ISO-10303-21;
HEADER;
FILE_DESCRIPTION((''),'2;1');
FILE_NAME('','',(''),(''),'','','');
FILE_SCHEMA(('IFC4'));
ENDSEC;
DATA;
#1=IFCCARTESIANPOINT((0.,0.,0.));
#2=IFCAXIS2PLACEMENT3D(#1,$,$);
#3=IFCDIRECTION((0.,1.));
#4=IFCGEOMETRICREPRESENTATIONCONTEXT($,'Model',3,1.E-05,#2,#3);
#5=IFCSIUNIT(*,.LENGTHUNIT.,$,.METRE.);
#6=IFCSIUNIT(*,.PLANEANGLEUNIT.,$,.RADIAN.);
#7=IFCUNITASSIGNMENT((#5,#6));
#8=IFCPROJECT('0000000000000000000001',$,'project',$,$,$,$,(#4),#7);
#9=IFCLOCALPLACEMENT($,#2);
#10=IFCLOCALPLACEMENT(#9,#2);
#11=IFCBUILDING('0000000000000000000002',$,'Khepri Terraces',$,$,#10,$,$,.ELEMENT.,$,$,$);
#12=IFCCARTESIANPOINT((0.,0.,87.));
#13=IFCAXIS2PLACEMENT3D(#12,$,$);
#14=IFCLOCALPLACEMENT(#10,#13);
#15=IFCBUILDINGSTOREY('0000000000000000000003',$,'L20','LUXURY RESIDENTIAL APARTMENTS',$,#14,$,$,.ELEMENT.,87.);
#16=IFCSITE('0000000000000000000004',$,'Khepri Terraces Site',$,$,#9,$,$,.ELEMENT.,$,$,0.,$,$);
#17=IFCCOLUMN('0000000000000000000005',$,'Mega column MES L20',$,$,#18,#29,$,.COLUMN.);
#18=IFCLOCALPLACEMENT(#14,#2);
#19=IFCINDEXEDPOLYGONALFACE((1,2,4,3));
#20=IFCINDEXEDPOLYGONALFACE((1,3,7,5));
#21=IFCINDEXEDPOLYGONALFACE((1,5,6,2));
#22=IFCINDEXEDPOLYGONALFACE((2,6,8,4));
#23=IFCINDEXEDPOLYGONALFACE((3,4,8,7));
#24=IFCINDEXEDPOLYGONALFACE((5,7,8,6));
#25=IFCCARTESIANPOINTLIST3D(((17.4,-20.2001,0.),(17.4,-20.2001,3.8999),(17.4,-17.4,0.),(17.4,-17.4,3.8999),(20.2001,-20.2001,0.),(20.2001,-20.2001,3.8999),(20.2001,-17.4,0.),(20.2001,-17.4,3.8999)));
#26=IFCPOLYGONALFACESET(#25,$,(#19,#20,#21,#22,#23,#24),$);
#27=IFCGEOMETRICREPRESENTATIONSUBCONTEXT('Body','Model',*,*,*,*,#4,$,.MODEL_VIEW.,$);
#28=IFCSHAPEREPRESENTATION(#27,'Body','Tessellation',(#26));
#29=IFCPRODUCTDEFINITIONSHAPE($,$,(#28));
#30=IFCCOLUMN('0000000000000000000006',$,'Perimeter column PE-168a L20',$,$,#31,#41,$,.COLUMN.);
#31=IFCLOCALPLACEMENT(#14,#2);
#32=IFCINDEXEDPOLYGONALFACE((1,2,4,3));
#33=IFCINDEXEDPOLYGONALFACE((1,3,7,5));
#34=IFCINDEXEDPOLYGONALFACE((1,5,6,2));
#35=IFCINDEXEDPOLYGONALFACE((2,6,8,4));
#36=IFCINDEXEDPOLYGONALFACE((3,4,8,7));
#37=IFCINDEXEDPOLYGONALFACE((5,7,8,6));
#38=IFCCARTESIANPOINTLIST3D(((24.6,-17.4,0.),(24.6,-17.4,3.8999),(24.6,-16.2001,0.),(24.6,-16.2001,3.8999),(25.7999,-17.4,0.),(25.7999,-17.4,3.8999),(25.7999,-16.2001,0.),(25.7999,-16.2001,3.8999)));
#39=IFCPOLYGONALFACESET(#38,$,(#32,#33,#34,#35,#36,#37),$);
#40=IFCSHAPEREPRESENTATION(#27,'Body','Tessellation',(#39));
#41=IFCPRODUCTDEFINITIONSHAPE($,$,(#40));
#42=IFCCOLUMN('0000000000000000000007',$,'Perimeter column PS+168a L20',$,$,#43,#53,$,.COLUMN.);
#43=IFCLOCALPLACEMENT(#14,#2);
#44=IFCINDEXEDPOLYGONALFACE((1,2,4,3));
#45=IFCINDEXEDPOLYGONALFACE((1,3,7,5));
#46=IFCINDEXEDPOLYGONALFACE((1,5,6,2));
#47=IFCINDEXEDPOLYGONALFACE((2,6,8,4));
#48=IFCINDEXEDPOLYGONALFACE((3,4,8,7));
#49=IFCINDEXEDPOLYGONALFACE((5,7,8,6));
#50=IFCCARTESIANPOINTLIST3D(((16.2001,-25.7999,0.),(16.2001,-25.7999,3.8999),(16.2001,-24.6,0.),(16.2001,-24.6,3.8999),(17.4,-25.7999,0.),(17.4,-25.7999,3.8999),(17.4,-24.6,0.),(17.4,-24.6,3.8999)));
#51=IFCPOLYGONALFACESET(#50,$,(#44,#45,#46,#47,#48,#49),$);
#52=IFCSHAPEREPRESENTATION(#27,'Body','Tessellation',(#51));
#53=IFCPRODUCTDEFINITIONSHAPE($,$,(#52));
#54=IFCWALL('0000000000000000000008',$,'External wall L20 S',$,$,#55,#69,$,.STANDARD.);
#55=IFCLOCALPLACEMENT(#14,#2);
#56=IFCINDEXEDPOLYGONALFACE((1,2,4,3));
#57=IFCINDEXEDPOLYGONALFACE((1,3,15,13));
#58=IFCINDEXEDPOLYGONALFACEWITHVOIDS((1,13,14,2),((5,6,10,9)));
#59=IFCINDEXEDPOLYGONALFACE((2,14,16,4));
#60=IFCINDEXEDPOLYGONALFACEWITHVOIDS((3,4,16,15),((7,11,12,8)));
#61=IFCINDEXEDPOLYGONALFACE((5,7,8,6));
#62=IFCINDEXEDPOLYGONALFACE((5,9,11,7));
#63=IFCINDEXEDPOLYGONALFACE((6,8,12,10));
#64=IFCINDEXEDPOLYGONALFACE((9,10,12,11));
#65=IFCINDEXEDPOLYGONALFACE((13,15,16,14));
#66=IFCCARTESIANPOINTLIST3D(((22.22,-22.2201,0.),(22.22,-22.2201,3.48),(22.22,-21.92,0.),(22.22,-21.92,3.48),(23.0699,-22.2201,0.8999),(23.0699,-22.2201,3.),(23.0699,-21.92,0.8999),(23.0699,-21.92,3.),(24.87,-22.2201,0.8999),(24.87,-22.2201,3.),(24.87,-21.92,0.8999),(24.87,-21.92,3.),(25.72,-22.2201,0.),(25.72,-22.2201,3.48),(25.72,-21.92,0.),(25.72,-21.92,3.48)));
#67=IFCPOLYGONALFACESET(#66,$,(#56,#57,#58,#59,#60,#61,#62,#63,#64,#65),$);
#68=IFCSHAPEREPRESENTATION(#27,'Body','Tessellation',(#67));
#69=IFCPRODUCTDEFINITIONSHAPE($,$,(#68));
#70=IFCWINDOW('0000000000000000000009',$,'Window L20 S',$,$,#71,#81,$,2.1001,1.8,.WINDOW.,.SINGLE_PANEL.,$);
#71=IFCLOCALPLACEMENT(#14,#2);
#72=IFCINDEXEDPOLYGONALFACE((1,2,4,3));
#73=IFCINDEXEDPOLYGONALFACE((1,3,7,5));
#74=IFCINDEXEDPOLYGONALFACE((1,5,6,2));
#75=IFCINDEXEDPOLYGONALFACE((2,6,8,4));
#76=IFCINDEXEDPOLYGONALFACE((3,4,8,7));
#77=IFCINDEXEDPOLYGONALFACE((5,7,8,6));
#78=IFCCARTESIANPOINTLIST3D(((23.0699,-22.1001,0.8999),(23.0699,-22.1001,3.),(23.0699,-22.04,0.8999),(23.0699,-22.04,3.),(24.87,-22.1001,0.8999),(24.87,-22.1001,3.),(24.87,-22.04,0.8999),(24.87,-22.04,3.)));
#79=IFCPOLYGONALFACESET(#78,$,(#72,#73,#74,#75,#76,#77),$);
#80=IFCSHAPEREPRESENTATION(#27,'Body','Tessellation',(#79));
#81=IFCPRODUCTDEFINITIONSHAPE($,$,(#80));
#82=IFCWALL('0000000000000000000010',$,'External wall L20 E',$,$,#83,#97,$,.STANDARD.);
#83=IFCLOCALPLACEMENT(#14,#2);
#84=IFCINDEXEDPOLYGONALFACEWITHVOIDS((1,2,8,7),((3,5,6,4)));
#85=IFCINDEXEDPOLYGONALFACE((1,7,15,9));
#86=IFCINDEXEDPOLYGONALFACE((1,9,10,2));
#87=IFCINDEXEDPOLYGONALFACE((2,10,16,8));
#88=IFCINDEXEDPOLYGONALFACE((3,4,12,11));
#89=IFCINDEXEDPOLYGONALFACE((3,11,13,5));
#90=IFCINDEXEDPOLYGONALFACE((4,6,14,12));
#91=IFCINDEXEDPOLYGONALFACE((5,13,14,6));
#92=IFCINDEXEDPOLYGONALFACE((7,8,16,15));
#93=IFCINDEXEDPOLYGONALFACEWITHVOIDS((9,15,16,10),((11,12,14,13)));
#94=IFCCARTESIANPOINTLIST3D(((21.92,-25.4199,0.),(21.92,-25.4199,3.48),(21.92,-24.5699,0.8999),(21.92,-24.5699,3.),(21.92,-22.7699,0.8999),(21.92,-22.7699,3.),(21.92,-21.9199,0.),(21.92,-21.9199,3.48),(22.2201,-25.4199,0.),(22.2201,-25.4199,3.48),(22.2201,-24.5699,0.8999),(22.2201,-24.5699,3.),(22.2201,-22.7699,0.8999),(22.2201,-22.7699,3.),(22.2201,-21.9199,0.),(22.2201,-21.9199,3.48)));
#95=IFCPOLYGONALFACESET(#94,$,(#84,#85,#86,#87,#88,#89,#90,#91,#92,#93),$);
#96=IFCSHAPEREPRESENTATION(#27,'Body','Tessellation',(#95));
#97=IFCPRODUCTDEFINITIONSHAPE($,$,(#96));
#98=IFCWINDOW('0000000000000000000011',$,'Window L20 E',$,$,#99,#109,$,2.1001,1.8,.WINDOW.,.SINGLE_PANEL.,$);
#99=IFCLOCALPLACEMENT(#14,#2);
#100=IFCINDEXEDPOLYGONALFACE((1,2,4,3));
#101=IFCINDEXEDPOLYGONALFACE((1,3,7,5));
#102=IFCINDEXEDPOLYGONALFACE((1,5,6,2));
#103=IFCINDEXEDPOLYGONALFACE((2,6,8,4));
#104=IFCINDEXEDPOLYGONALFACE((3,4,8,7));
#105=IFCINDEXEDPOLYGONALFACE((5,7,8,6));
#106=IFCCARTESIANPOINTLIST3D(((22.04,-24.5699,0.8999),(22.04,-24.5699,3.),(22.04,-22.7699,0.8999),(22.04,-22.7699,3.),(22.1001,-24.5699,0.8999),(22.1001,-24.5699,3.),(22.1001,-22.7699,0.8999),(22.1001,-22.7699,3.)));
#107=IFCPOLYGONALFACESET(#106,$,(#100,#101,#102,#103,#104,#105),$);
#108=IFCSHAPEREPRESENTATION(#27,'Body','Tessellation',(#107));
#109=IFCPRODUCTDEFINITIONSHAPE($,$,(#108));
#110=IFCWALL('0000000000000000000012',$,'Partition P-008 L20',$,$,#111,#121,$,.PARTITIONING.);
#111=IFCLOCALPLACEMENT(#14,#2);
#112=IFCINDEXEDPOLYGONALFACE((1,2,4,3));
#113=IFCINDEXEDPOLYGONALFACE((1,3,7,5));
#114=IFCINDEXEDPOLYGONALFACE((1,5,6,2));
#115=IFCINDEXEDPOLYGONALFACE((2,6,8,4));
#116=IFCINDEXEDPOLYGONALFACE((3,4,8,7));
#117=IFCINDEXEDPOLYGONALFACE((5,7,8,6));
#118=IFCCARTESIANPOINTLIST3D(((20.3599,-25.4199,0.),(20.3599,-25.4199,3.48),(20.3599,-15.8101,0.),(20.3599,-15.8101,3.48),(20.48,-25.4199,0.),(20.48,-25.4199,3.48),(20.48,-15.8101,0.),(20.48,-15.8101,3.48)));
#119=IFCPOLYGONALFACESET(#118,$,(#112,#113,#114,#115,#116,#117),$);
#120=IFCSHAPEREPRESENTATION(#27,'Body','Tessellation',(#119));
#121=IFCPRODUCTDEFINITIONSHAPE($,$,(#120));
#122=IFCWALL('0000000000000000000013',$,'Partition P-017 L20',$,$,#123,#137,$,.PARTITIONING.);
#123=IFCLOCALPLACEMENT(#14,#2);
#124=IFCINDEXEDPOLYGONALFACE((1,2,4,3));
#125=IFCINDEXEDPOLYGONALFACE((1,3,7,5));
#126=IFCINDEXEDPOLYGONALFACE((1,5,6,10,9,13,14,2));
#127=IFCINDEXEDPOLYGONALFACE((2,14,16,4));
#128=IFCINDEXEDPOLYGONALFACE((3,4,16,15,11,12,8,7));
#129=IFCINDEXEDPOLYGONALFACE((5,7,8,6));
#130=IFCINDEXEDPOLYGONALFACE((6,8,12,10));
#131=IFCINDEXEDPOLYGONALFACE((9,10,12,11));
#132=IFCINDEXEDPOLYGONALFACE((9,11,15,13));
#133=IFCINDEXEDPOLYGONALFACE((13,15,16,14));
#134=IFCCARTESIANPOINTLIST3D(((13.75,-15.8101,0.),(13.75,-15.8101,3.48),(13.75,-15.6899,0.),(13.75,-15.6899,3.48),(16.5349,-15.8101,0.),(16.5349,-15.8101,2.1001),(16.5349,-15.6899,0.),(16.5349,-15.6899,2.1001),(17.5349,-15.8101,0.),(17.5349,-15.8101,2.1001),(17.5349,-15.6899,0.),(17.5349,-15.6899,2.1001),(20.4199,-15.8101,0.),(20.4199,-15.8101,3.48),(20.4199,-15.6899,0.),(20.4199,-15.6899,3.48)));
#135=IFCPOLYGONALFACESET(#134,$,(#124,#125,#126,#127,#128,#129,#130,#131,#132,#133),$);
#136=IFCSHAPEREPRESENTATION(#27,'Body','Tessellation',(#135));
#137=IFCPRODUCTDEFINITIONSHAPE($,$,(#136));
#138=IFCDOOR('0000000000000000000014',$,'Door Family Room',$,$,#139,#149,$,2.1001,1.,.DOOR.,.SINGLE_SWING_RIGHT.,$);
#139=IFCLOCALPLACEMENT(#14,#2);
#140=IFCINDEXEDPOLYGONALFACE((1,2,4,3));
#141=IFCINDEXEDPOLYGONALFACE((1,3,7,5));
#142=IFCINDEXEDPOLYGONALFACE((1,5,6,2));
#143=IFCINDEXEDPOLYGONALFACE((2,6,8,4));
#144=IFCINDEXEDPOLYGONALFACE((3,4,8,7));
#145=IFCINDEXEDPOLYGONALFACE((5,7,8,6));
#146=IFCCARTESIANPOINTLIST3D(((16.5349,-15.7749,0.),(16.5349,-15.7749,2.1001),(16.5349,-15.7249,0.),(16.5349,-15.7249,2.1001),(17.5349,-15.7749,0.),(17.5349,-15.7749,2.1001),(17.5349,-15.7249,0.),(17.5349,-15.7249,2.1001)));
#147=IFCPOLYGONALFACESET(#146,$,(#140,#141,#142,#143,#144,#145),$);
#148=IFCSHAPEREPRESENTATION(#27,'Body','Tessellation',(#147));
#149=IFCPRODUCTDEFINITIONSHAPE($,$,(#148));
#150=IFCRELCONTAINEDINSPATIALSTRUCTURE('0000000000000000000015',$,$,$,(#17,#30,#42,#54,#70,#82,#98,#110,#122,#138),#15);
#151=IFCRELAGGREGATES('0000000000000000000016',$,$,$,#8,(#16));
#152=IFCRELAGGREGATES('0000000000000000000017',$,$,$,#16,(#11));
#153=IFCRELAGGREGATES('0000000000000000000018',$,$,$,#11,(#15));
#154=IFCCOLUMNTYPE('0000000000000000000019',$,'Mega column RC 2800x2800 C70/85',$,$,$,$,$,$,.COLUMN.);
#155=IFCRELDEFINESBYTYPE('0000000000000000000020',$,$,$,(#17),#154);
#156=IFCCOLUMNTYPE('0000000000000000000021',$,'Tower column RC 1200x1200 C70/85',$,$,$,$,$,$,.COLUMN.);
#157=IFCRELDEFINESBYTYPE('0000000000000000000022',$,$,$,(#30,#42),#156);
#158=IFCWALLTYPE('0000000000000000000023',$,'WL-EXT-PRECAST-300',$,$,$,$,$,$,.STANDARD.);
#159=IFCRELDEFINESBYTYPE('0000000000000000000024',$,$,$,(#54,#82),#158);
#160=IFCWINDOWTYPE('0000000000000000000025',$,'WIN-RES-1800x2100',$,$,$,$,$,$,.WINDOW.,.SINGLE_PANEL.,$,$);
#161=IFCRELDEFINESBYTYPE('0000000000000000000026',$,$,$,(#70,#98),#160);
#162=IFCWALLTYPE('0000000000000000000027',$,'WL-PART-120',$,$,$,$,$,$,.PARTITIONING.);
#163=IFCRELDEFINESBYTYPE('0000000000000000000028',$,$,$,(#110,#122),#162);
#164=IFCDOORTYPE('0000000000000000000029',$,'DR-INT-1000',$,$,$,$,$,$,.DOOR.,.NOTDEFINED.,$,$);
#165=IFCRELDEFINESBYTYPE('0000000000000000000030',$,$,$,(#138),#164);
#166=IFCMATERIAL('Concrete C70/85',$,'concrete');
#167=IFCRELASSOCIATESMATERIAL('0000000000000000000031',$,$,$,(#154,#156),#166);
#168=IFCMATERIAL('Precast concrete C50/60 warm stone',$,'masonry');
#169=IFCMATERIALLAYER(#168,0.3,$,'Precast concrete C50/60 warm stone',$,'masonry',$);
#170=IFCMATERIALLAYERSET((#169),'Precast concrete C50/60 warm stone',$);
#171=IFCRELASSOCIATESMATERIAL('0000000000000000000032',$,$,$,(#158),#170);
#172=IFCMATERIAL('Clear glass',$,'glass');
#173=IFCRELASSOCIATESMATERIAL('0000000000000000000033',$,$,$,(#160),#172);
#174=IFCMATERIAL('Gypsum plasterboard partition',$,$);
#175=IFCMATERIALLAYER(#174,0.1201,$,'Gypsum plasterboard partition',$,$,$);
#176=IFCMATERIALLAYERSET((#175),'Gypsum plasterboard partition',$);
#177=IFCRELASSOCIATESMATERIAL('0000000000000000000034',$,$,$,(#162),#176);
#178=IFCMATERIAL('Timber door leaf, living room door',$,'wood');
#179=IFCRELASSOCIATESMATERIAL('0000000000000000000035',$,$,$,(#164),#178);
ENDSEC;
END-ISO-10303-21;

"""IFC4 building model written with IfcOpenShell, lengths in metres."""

from ifc_helpers import new_model, si_unit, direction, frame, frame_2d, origin, origin_2d, place, context, subcontext, project, spatial, rectangle, extrude, material, layer, layer_set, material_profile, profile_set, type_object, element, fill, save


model = new_model("IFC4")

# Units and contexts
model_context = context("Model", 3, precision=1e-05, world=origin(), true_north=direction((0.0, 1.0)))
body_context = subcontext(model_context, "Body", "Model", "MODEL_VIEW")
ifc_project = project(units=[si_unit("LENGTHUNIT", "METRE"), si_unit("PLANEANGLEUNIT", "RADIAN")], contexts=[model_context])

# Site, building, storey
site_placement = place(None, origin())
site = spatial("IfcSite", under=ifc_project, at=site_placement, Name="Khepri Terraces Site", CompositionType="ELEMENT", RefElevation=0.0)
building_placement = place(site_placement, origin())
building = spatial("IfcBuilding", under=site, at=building_placement, Name="Khepri Terraces", CompositionType="ELEMENT")
storey_placement = place(building_placement, frame((0.0, 0.0, 87.0)))
storey = spatial("IfcBuildingStorey", under=building, at=storey_placement, Name="L20", Description="LUXURY RESIDENTIAL APARTMENTS", CompositionType="ELEMENT", Elevation=87.0)

# Columns
ifc_material_1 = material(Name="Concrete C70/85", Category="concrete")
ifc_material_profile_1 = material_profile(ifc_material_1, rectangle(XDim=2.8, YDim=2.8, at=origin_2d()), Name="Concrete C70/85", Category="concrete")
ifc_profile_set_1 = profile_set([ifc_material_profile_1], Name="Concrete C70/85")
column_type_1 = type_object("IfcColumnType", Name="Mega column RC 2800x2800 C70/85", PredefinedType="COLUMN", material=ifc_profile_set_1)
column_placement = place(storey_placement, frame((18.8, -18.8, 0.0), z_axis=(0.0, 0.0, 1.0), x_axis=(1.0, 0.0, 0.0)))
element("IfcColumn", 1, at=column_placement, inside=storey, type_object=column_type_1, Name="Mega column MES L20", PredefinedType="COLUMN", context=body_context, shape_type="SweptSolid", body=[
    extrude(rectangle(XDim=2.8, YDim=2.8, at=origin_2d()), origin(), (0.0, 0.0, 1.0), 3.8999),
])
ifc_material_profile_2 = material_profile(ifc_material_1, rectangle(XDim=1.2, YDim=1.2, at=origin_2d()), Name="Concrete C70/85", Category="concrete")
ifc_profile_set_2 = profile_set([ifc_material_profile_2], Name="Concrete C70/85")
column_type_2 = type_object("IfcColumnType", Name="Tower column RC 1200x1200 C70/85", PredefinedType="COLUMN", material=ifc_profile_set_2)
for number, where, z_axis, x_axis, name in (
    (2, (25.2, -16.8, 0.0), (0.0, 0.0, 1.0), (1.0, 0.0, 0.0), "Perimeter column PE-168a L20"),
    (3, (16.8, -25.2, 0.0), (0.0, 0.0, 1.0), (1.0, 0.0, 0.0), "Perimeter column PS+168a L20"),
):
    element("IfcColumn", number, at=place(storey_placement, frame(where, z_axis=z_axis, x_axis=x_axis)), inside=storey, type_object=column_type_2, Name=name, PredefinedType="COLUMN", context=body_context, shape_type="SweptSolid", body=[
        extrude(rectangle(XDim=1.2, YDim=1.2, at=origin_2d()), origin(), (0.0, 0.0, 1.0), 3.8999),
    ])

# Wall, opening, window
ifc_material_2 = material(Name="Precast concrete C50/60 warm stone", Category="masonry")
ifc_layer_1 = layer(ifc_material_2, 0.3, Name="Precast concrete C50/60 warm stone", Category="masonry")
ifc_layer_set_1 = layer_set([ifc_layer_1], Name="Precast concrete C50/60 warm stone")
wall_type_1 = type_object("IfcWallType", Name="WL-EXT-PRECAST-300", PredefinedType="STANDARD", material=ifc_layer_set_1)
wall_1_placement = place(storey_placement, frame((22.22, -22.0701, 0.0), z_axis=(0.0, 0.0, 1.0), x_axis=(1.0, 0.0, 0.0)))
wall_1 = element("IfcWall", 4, at=wall_1_placement, inside=storey, type_object=wall_type_1, Name="External wall L20 S", PredefinedType="STANDARD", context=body_context, shape_type="SweptSolid", body=[
    extrude(rectangle(XDim=3.5, YDim=0.3, at=frame_2d((1.75, 0.0))), origin(), (0.0, 0.0, 1.0), 3.48),
])
opening_1_placement = place(wall_1_placement, frame((0.8501, 0.0, 0.8999)))
opening_1 = element("IfcOpeningElement", 5, at=opening_1_placement, cuts=wall_1, PredefinedType="OPENING", context=body_context, shape_type="SweptSolid", body=[
    extrude(rectangle(XDim=1.8, YDim=2.1001, at=frame_2d((0.8999, 1.05))), frame((0.0, 0.1602, 0.0), z_axis=(0.0, -1.0, 0.0), x_axis=(1.0, 0.0, 0.0)), (0.0, 0.0, 1.0), 0.3201),
])
ifc_material_3 = material(Name="Clear glass", Category="glass")
window_type = type_object("IfcWindowType", Name="WIN-RES-1800x2100", PartitioningType="SINGLE_PANEL", PredefinedType="WINDOW", material=ifc_material_3)
window_1_placement = place(opening_1_placement, origin())
window_1 = element("IfcWindow", 6, at=window_1_placement, inside=storey, type_object=window_type, Name="Window L20 S", OverallHeight=2.1001, OverallWidth=1.8, PartitioningType="SINGLE_PANEL", PredefinedType="WINDOW", context=body_context, shape_type="SweptSolid", body=[
    extrude(rectangle(XDim=1.8, YDim=2.1001, at=frame_2d((0.8999, 1.05))), frame((0.0, 0.03, 0.0), z_axis=(0.0, -1.0, 0.0), x_axis=(1.0, 0.0, 0.0)), (0.0, 0.0, 1.0), 0.0601),
])
fill(opening_1, window_1)

# Wall, opening, window
wall_2_placement = place(storey_placement, frame((22.0701, -25.4199, 0.0), z_axis=(0.0, 0.0, 1.0), x_axis=(0.0, 1.0, 0.0)))
wall_2 = element("IfcWall", 7, at=wall_2_placement, inside=storey, type_object=wall_type_1, Name="External wall L20 E", PredefinedType="STANDARD", context=body_context, shape_type="SweptSolid", body=[
    extrude(rectangle(XDim=3.5, YDim=0.3, at=frame_2d((1.75, 0.0))), origin(), (0.0, 0.0, 1.0), 3.48),
])
opening_2_placement = place(wall_2_placement, frame((0.8501, 0.0, 0.8999)))
opening_2 = element("IfcOpeningElement", 8, at=opening_2_placement, cuts=wall_2, PredefinedType="OPENING", context=body_context, shape_type="SweptSolid", body=[
    extrude(rectangle(XDim=1.8, YDim=2.1001, at=frame_2d((0.8999, 1.05))), frame((0.0, 0.1602, 0.0), z_axis=(0.0, -1.0, 0.0), x_axis=(1.0, 0.0, 0.0)), (0.0, 0.0, 1.0), 0.3201),
])
window_2_placement = place(opening_2_placement, origin())
window_2 = element("IfcWindow", 9, at=window_2_placement, inside=storey, type_object=window_type, Name="Window L20 E", OverallHeight=2.1001, OverallWidth=1.8, PartitioningType="SINGLE_PANEL", PredefinedType="WINDOW", context=body_context, shape_type="SweptSolid", body=[
    extrude(rectangle(XDim=1.8, YDim=2.1001, at=frame_2d((0.8999, 1.05))), frame((0.0, 0.03, 0.0), z_axis=(0.0, -1.0, 0.0), x_axis=(1.0, 0.0, 0.0)), (0.0, 0.0, 1.0), 0.0601),
])
fill(opening_2, window_2)

# Wall
ifc_material_4 = material(Name="Gypsum plasterboard partition")
ifc_layer_2 = layer(ifc_material_4, 0.1201, Name="Gypsum plasterboard partition")
ifc_layer_set_2 = layer_set([ifc_layer_2], Name="Gypsum plasterboard partition")
wall_type_2 = type_object("IfcWallType", Name="WL-PART-120", PredefinedType="PARTITIONING", material=ifc_layer_set_2)
wall_3_placement = place(storey_placement, frame((20.4199, -25.4199, 0.0), z_axis=(0.0, 0.0, 1.0), x_axis=(0.0, 1.0, 0.0)))
element("IfcWall", 10, at=wall_3_placement, inside=storey, type_object=wall_type_2, Name="Partition P-008 L20", PredefinedType="PARTITIONING", context=body_context, shape_type="SweptSolid", body=[
    extrude(rectangle(XDim=9.6099, YDim=0.1201, at=frame_2d((4.8049, 0.0))), origin(), (0.0, 0.0, 1.0), 3.48),
])

# Wall, opening, door
wall_4_placement = place(storey_placement, frame((13.75, -15.75, 0.0), z_axis=(0.0, 0.0, 1.0), x_axis=(1.0, 0.0, 0.0)))
wall_4 = element("IfcWall", 11, at=wall_4_placement, inside=storey, type_object=wall_type_2, Name="Partition P-017 L20", PredefinedType="PARTITIONING", context=body_context, shape_type="SweptSolid", body=[
    extrude(rectangle(XDim=6.6699, YDim=0.1201, at=frame_2d((3.335, 0.0))), origin(), (0.0, 0.0, 1.0), 3.48),
])
opening_3_placement = place(wall_4_placement, frame((2.7849, 0.0, 0.0)))
opening_3 = element("IfcOpeningElement", 12, at=opening_3_placement, cuts=wall_4, PredefinedType="OPENING", context=body_context, shape_type="SweptSolid", body=[
    extrude(rectangle(XDim=1.0, YDim=2.1001, at=frame_2d((0.5, 1.05))), frame((0.0, 0.0701, 0.0), z_axis=(0.0, -1.0, 0.0), x_axis=(1.0, 0.0, 0.0)), (0.0, 0.0, 1.0), 0.1401),
])
ifc_material_5 = material(Name="Timber door leaf, living room door", Category="wood")
door_type_1 = type_object("IfcDoorType", Name="DR-INT-1000", OperationType="NOTDEFINED", PredefinedType="DOOR", material=ifc_material_5)
door_1_placement = place(opening_3_placement, frame((1.0, 0.0, 0.0), z_axis=(0.0, 0.0, 1.0), x_axis=(-1.0, 0.0, 0.0)))
door_1 = element("IfcDoor", 13, at=door_1_placement, inside=storey, type_object=door_type_1, Name="Door Family Room", OperationType="SINGLE_SWING_RIGHT", OverallHeight=2.1001, OverallWidth=1.0, PredefinedType="DOOR", context=body_context, shape_type="SweptSolid", body=[
    extrude(rectangle(XDim=1.0, YDim=2.1001, at=frame_2d((0.5, 1.05))), frame((0.0, 0.0249, 0.0), z_axis=(0.0, -1.0, 0.0), x_axis=(1.0, 0.0, 0.0)), (0.0, 0.0, 1.0), 0.05),
])
fill(opening_3, door_1)

save(model, "model.ifc")
